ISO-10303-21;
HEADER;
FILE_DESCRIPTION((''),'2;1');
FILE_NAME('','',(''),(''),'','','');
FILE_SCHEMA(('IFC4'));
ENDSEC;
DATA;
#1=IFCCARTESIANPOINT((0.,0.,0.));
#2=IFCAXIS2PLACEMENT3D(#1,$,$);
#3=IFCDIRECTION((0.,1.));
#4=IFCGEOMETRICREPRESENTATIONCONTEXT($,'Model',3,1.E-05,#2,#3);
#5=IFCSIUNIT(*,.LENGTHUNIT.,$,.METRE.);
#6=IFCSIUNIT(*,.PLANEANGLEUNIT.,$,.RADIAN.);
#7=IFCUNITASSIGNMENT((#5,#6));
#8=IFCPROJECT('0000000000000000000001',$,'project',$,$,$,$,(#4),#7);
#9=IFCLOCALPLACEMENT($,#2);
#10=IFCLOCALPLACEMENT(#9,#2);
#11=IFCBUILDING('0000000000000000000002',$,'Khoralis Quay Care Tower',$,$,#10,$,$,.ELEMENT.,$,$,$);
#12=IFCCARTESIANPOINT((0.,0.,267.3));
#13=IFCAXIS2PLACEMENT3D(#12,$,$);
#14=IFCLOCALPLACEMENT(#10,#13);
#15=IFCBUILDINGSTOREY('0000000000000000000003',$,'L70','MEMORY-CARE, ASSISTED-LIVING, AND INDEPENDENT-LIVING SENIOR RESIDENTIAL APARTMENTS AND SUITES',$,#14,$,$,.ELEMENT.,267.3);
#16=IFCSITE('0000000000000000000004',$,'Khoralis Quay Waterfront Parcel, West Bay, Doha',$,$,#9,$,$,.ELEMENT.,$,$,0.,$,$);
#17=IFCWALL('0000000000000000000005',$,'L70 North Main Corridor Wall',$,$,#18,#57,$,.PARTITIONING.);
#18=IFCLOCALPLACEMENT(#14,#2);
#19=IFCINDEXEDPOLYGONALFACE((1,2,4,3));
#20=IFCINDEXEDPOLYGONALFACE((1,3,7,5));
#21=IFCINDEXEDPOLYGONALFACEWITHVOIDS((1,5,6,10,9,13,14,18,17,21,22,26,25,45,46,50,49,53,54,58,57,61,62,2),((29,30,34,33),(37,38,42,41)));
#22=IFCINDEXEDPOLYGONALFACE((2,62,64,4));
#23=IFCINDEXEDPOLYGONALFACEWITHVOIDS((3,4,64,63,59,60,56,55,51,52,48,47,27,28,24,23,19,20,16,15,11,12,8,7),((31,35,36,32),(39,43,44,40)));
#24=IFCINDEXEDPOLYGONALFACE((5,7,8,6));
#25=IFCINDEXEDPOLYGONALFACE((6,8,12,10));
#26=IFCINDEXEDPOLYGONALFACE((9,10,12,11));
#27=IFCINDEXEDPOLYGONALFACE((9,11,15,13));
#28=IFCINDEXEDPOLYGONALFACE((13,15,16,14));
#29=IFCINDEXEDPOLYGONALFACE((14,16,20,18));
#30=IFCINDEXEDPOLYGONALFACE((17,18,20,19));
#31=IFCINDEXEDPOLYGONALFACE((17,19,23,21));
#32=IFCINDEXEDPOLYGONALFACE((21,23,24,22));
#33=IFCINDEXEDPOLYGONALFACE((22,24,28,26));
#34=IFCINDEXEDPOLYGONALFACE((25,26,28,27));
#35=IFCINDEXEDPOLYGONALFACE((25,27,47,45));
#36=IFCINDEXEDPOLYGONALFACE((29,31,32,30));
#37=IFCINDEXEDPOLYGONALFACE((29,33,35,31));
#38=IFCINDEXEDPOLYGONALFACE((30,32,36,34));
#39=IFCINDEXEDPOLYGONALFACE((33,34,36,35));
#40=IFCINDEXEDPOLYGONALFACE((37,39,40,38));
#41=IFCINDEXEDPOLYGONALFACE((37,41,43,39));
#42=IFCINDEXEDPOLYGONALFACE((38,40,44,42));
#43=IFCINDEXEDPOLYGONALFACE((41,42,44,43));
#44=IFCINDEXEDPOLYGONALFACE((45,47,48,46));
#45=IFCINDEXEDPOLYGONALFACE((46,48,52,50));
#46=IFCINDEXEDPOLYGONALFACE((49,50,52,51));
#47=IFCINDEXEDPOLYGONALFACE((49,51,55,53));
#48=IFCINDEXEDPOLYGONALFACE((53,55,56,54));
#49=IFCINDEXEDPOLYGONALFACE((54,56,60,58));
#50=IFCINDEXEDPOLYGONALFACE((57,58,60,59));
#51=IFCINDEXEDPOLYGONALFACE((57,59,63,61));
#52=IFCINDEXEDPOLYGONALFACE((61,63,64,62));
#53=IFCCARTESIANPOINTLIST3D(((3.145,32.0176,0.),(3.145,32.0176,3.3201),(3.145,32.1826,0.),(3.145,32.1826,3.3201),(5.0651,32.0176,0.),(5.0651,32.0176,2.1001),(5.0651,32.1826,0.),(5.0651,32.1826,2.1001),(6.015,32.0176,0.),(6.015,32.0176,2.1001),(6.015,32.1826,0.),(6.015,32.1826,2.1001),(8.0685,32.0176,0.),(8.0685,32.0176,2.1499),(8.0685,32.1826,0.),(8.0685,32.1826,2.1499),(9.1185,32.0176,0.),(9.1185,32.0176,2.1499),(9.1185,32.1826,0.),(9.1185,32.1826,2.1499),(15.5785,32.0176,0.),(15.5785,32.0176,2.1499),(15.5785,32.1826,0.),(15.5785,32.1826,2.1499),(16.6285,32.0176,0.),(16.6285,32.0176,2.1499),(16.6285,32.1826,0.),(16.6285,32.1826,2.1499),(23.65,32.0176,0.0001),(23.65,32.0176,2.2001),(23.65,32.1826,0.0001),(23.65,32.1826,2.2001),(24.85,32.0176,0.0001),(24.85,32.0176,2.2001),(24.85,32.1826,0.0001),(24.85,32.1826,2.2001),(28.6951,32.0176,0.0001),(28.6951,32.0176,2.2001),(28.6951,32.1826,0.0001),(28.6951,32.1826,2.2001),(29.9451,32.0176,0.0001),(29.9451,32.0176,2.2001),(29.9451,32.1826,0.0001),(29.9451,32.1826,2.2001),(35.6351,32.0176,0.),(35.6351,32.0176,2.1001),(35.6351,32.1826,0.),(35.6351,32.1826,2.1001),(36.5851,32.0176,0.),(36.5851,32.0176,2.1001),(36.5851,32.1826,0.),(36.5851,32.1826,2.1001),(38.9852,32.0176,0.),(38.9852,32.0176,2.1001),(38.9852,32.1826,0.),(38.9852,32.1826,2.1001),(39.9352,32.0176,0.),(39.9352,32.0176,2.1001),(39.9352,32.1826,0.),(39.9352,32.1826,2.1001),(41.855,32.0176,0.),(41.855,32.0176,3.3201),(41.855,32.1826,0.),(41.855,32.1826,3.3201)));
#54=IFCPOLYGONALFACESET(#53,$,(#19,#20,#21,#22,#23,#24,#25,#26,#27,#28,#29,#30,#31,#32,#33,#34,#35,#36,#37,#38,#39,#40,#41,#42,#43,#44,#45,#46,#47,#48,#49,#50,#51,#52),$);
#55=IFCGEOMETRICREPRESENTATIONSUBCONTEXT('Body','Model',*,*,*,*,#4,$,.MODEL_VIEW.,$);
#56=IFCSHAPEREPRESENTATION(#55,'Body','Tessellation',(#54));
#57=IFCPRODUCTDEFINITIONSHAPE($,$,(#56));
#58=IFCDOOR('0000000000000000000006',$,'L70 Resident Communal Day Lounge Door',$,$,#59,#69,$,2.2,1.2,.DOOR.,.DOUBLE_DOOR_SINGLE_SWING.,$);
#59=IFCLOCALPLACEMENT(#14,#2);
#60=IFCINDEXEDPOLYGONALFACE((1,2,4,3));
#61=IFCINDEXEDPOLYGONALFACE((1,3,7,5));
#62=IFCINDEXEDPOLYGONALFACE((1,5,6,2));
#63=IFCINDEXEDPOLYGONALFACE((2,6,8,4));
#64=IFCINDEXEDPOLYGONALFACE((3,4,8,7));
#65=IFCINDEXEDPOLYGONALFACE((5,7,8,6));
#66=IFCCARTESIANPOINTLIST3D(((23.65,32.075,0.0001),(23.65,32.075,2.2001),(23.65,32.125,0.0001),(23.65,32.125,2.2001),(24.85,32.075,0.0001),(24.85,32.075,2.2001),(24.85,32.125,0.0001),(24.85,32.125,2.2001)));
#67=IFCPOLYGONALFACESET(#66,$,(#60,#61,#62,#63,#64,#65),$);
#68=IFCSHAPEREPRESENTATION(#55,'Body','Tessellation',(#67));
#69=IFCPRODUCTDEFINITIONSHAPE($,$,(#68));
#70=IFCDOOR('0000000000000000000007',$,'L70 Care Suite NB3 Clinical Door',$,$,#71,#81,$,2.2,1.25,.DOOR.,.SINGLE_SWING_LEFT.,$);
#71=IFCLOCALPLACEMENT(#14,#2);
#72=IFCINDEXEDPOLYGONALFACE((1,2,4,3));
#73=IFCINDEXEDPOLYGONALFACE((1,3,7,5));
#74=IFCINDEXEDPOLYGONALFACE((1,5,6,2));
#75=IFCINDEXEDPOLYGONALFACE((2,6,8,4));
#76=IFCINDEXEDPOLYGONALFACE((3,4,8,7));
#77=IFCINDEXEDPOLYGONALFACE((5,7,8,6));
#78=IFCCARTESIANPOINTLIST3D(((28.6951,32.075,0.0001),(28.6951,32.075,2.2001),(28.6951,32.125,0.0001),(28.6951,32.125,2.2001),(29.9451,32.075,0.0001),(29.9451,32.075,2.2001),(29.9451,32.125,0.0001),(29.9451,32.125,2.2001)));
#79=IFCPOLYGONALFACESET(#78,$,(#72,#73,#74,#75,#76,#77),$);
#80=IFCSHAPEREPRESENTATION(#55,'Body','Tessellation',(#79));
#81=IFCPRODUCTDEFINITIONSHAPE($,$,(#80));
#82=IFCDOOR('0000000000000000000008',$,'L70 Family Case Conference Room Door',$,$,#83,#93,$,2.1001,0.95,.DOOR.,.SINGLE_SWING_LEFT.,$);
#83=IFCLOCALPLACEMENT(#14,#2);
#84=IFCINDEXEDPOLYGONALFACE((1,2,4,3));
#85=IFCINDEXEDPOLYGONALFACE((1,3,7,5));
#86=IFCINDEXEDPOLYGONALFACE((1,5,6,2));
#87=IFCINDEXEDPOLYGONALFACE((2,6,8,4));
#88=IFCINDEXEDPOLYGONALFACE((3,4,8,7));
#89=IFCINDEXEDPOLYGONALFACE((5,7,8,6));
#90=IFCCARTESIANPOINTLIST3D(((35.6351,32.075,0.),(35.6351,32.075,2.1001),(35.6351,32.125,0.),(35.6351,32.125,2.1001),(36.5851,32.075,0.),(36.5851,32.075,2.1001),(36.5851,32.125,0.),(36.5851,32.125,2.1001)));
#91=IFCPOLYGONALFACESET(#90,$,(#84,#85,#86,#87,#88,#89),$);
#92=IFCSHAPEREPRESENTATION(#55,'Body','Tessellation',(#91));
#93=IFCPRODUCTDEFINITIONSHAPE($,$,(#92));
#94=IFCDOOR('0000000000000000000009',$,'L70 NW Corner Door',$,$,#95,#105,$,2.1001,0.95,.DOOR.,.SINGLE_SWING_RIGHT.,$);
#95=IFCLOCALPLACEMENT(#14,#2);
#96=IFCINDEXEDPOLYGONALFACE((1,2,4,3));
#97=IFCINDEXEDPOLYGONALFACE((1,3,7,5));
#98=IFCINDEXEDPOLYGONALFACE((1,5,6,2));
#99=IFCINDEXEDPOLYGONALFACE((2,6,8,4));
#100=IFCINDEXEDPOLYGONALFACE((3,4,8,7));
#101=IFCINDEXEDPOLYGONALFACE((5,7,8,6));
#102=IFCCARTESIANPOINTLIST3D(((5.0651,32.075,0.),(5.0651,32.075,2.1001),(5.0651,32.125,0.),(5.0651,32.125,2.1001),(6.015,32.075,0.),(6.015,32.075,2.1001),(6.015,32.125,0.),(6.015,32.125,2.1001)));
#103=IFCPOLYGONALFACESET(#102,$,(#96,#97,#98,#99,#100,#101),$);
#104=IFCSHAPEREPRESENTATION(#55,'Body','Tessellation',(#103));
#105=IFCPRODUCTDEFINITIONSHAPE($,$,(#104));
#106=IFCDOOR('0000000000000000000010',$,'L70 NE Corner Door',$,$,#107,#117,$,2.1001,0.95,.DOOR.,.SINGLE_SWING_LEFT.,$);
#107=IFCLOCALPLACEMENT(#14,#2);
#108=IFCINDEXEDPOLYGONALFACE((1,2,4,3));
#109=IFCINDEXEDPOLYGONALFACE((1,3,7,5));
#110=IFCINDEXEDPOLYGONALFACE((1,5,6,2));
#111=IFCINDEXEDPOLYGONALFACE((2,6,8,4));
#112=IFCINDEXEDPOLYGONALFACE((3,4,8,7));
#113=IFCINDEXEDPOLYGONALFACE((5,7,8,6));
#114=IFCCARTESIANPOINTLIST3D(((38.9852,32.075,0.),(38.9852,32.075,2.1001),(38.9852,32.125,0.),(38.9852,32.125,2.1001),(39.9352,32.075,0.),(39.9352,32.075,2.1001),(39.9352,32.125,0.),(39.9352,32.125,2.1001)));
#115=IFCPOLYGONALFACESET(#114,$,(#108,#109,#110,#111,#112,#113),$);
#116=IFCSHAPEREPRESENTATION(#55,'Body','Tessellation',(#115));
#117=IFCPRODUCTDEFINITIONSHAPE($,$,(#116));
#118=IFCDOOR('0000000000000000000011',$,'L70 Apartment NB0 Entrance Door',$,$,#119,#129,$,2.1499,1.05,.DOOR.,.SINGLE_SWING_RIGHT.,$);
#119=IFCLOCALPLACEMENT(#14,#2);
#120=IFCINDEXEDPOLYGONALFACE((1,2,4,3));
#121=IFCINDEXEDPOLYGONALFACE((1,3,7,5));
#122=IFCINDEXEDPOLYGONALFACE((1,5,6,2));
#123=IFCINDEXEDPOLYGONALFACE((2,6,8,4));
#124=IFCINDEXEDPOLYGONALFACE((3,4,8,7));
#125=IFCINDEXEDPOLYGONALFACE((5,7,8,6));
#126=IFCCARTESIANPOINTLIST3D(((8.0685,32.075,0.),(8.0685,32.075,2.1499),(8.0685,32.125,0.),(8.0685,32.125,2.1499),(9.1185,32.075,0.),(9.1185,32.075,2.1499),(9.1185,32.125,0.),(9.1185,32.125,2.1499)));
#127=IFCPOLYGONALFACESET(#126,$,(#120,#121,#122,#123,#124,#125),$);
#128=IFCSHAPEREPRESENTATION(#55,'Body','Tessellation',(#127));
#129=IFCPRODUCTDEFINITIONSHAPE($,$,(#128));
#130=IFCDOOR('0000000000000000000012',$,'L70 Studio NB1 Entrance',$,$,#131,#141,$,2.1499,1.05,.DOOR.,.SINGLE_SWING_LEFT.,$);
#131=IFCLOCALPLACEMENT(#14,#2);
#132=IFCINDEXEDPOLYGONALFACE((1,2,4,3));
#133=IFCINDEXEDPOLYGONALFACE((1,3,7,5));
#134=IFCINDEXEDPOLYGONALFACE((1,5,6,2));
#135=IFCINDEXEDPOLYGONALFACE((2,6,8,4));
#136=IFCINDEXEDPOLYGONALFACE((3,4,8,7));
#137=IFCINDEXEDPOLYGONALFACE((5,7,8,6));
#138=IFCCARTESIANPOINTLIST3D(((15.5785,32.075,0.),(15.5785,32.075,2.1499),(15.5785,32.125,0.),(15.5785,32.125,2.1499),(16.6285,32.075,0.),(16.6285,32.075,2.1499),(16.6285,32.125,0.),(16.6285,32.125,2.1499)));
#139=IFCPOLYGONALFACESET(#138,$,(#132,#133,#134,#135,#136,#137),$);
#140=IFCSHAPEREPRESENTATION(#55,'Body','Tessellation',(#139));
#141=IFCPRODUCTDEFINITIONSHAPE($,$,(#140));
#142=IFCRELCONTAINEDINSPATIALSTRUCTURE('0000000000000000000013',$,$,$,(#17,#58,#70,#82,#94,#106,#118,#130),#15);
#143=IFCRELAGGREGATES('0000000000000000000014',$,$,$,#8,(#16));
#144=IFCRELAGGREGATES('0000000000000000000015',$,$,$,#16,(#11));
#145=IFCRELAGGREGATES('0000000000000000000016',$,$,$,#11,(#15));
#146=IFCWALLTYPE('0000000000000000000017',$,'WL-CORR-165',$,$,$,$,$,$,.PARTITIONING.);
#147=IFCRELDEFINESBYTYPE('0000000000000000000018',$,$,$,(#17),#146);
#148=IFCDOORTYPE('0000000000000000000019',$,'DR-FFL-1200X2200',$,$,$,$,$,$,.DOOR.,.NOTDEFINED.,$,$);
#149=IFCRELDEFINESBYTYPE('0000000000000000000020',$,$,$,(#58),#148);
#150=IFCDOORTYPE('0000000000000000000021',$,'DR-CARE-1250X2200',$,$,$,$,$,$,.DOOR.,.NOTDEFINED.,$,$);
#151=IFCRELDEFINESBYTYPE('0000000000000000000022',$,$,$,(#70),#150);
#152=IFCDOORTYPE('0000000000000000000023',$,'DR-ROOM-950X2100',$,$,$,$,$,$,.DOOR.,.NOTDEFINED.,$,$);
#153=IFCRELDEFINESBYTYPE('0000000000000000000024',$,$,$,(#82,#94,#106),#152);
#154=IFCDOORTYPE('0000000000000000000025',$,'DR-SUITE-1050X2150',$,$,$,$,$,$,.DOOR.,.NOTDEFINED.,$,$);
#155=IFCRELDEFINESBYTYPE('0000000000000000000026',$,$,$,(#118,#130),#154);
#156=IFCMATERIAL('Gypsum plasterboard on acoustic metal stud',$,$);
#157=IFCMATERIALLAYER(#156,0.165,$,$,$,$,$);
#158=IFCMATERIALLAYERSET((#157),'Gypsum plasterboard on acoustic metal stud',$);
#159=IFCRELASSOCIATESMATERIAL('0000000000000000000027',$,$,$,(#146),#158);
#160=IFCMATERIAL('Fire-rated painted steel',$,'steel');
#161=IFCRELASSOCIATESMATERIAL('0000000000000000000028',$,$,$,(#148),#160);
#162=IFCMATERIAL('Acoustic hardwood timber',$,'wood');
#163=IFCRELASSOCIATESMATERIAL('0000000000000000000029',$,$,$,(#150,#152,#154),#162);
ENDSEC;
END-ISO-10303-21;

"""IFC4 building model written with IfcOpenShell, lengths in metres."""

from ifc_helpers import new_model, si_unit, direction, frame, frame_2d, origin, place, context, subcontext, project, spatial, rectangle, extrude, source, transform, mapped, material, layer, layer_set, type_object, element, fill, save


model = new_model("IFC4")

# Units and contexts
model_context = context("Model", 3, precision=1e-05, world=origin(), true_north=direction((0.0, 1.0)))
body_context = subcontext(model_context, "Body", "Model", "MODEL_VIEW")
ifc_project = project(units=[si_unit("LENGTHUNIT", "METRE"), si_unit("PLANEANGLEUNIT", "RADIAN")], contexts=[model_context])

# Site, building, storey
site_placement = place(None, origin())
site = spatial("IfcSite", under=ifc_project, at=site_placement, Name="Khoralis Quay Waterfront Parcel, West Bay, Doha", CompositionType="ELEMENT", RefElevation=0.0)
building_placement = place(site_placement, origin())
building = spatial("IfcBuilding", under=site, at=building_placement, Name="Khoralis Quay Care Tower", CompositionType="ELEMENT")
storey_placement = place(building_placement, frame((0.0, 0.0, 267.3)))
storey = spatial("IfcBuildingStorey", under=building, at=storey_placement, Name="L70", Description="MEMORY-CARE, ASSISTED-LIVING, AND INDEPENDENT-LIVING SENIOR RESIDENTIAL APARTMENTS AND SUITES", CompositionType="ELEMENT", Elevation=267.3)

# Shared definitions
ifc_material_1 = material(Name="Gypsum plasterboard on acoustic metal stud")
ifc_layer_1 = layer(ifc_material_1, 0.165)
ifc_layer_set_1 = layer_set([ifc_layer_1], Name="Gypsum plasterboard on acoustic metal stud")
wall_type_1 = type_object("IfcWallType", Name="WL-CORR-165", PredefinedType="PARTITIONING", material=ifc_layer_set_1)
ifc_material_2 = material(Name="Fire-rated painted steel", Category="steel")
door_type_1 = type_object("IfcDoorType", Name="DR-FFL-1200X2200", OperationType="NOTDEFINED", PredefinedType="DOOR", material=ifc_material_2)
shared_shape_1 = source(origin(), body_context, "Body", "SweptSolid", [
    extrude(rectangle(XDim=1.2, YDim=2.2, at=frame_2d((0.6001, 1.1001))), frame((0.0, 0.0249, 0.0), z_axis=(0.0, -1.0, 0.0), x_axis=(1.0, 0.0, 0.0)), (0.0, 0.0, 1.0), 0.05),
])

# Wall, openings, doors
wall_1_placement = place(storey_placement, frame((3.145, 32.1001, 0.0), z_axis=(0.0, 0.0, 1.0), x_axis=(1.0, 0.0, 0.0)))
wall_1 = element("IfcWall", 1, at=wall_1_placement, inside=storey, type_object=wall_type_1, Name="L70 North Main Corridor Wall", PredefinedType="PARTITIONING", context=body_context, shape_type="SweptSolid", body=[
    extrude(rectangle(XDim=38.71, YDim=0.165, at=frame_2d((19.355, 0.0))), origin(), (0.0, 0.0, 1.0), 3.3201),
])
opening_1_placement = place(wall_1_placement, frame((4.9236, 0.0, 0.0)))
opening_1 = element("IfcOpeningElement", 2, at=opening_1_placement, cuts=wall_1, PredefinedType="OPENING", context=body_context, shape_type="SweptSolid", body=[
    extrude(rectangle(XDim=1.05, YDim=2.1499, at=frame_2d((0.5249, 1.075))), frame((0.0, 0.0925, 0.0), z_axis=(0.0, -1.0, 0.0), x_axis=(1.0, 0.0, 0.0)), (0.0, 0.0, 1.0), 0.1851),
])
opening_2_placement = place(wall_1_placement, frame((12.4336, 0.0, 0.0)))
opening_2 = element("IfcOpeningElement", 3, at=opening_2_placement, cuts=wall_1, PredefinedType="OPENING", context=body_context, shape_type="SweptSolid", body=[
    extrude(rectangle(XDim=1.05, YDim=2.1499, at=frame_2d((0.5249, 1.075))), frame((0.0, 0.0925, 0.0), z_axis=(0.0, -1.0, 0.0), x_axis=(1.0, 0.0, 0.0)), (0.0, 0.0, 1.0), 0.1851),
])
opening_3_placement = place(wall_1_placement, frame((20.5049, 0.0, 0.0)))
opening_3 = element("IfcOpeningElement", 4, at=opening_3_placement, cuts=wall_1, PredefinedType="OPENING", context=body_context, shape_type="SweptSolid", body=[
    extrude(rectangle(XDim=1.2, YDim=2.2, at=frame_2d((0.6001, 1.1001))), frame((0.0, 0.0925, 0.0), z_axis=(0.0, -1.0, 0.0), x_axis=(1.0, 0.0, 0.0)), (0.0, 0.0, 1.0), 0.1851),
])
opening_4_placement = place(wall_1_placement, frame((25.55, 0.0, 0.0)))
opening_4 = element("IfcOpeningElement", 5, at=opening_4_placement, cuts=wall_1, PredefinedType="OPENING", context=body_context, shape_type="SweptSolid", body=[
    extrude(rectangle(XDim=1.25, YDim=2.2, at=frame_2d((0.625, 1.1001))), frame((0.0, 0.0925, 0.0), z_axis=(0.0, -1.0, 0.0), x_axis=(1.0, 0.0, 0.0)), (0.0, 0.0, 1.0), 0.1851),
])
opening_5_placement = place(wall_1_placement, frame((32.49, 0.0, 0.0)))
opening_5 = element("IfcOpeningElement", 6, at=opening_5_placement, cuts=wall_1, PredefinedType="OPENING", context=body_context, shape_type="SweptSolid", body=[
    extrude(rectangle(XDim=0.95, YDim=2.1001, at=frame_2d((0.4751, 1.05))), frame((0.0, 0.0925, 0.0), z_axis=(0.0, -1.0, 0.0), x_axis=(1.0, 0.0, 0.0)), (0.0, 0.0, 1.0), 0.1851),
])
opening_6_placement = place(wall_1_placement, frame((1.9199, 0.0, 0.0)))
opening_6 = element("IfcOpeningElement", 7, at=opening_6_placement, cuts=wall_1, PredefinedType="OPENING", context=body_context, shape_type="SweptSolid", body=[
    extrude(rectangle(XDim=0.95, YDim=2.1001, at=frame_2d((0.4751, 1.05))), frame((0.0, 0.0925, 0.0), z_axis=(0.0, -1.0, 0.0), x_axis=(1.0, 0.0, 0.0)), (0.0, 0.0, 1.0), 0.1851),
])
opening_7_placement = place(wall_1_placement, frame((35.8401, 0.0, 0.0)))
opening_7 = element("IfcOpeningElement", 8, at=opening_7_placement, cuts=wall_1, PredefinedType="OPENING", context=body_context, shape_type="SweptSolid", body=[
    extrude(rectangle(XDim=0.95, YDim=2.1001, at=frame_2d((0.4751, 1.05))), frame((0.0, 0.0925, 0.0), z_axis=(0.0, -1.0, 0.0), x_axis=(1.0, 0.0, 0.0)), (0.0, 0.0, 1.0), 0.1851),
])
door_1_placement = place(opening_3_placement, origin())
door_1 = element("IfcDoor", 9, at=door_1_placement, inside=storey, type_object=door_type_1, Name="L70 Resident Communal Day Lounge Door", OperationType="DOUBLE_DOOR_SINGLE_SWING", OverallHeight=2.2, OverallWidth=1.2, PredefinedType="DOOR", context=body_context, shape_type="MappedRepresentation", body=[
    mapped(shared_shape_1, transform((0.0, 0.0, 0.0), scale=1.0)),
])
fill(opening_3, door_1)
ifc_material_3 = material(Name="Acoustic hardwood timber", Category="wood")
door_type_2 = type_object("IfcDoorType", Name="DR-CARE-1250X2200", OperationType="NOTDEFINED", PredefinedType="DOOR", material=ifc_material_3)
shared_shape_2 = source(origin(), body_context, "Body", "SweptSolid", [
    extrude(rectangle(XDim=1.25, YDim=2.2, at=frame_2d((0.625, 1.1001))), frame((0.0, 0.0249, 0.0), z_axis=(0.0, -1.0, 0.0), x_axis=(1.0, 0.0, 0.0)), (0.0, 0.0, 1.0), 0.05),
])
door_2_placement = place(opening_4_placement, origin())
door_2 = element("IfcDoor", 10, at=door_2_placement, inside=storey, type_object=door_type_2, Name="L70 Care Suite NB3 Clinical Door", OperationType="SINGLE_SWING_LEFT", OverallHeight=2.2, OverallWidth=1.25, PredefinedType="DOOR", context=body_context, shape_type="MappedRepresentation", body=[
    mapped(shared_shape_2, transform((0.0, 0.0, 0.0), scale=1.0)),
])
fill(opening_4, door_2)
door_type_3 = type_object("IfcDoorType", Name="DR-ROOM-950X2100", OperationType="NOTDEFINED", PredefinedType="DOOR", material=ifc_material_3)
shared_shape_3 = source(origin(), body_context, "Body", "SweptSolid", [
    extrude(rectangle(XDim=0.95, YDim=2.1001, at=frame_2d((0.4751, 1.05))), frame((0.0, 0.0249, 0.0), z_axis=(0.0, -1.0, 0.0), x_axis=(1.0, 0.0, 0.0)), (0.0, 0.0, 1.0), 0.05),
])
door_3_placement = place(opening_5_placement, origin())
door_3 = element("IfcDoor", 11, at=door_3_placement, inside=storey, type_object=door_type_3, Name="L70 Family Case Conference Room Door", OperationType="SINGLE_SWING_LEFT", OverallHeight=2.1001, OverallWidth=0.95, PredefinedType="DOOR", context=body_context, shape_type="MappedRepresentation", body=[
    mapped(shared_shape_3, transform((0.0, 0.0, 0.0), scale=1.0)),
])
fill(opening_5, door_3)
door_4_placement = place(opening_6_placement, origin())
door_4 = element("IfcDoor", 12, at=door_4_placement, inside=storey, type_object=door_type_3, Name="L70 NW Corner Door", OperationType="SINGLE_SWING_RIGHT", OverallHeight=2.1001, OverallWidth=0.95, PredefinedType="DOOR", context=body_context, shape_type="MappedRepresentation", body=[
    mapped(shared_shape_3, transform((0.0, 0.0, 0.0), scale=1.0)),
])
fill(opening_6, door_4)
door_5_placement = place(opening_7_placement, origin())
door_5 = element("IfcDoor", 13, at=door_5_placement, inside=storey, type_object=door_type_3, Name="L70 NE Corner Door", OperationType="SINGLE_SWING_LEFT", OverallHeight=2.1001, OverallWidth=0.95, PredefinedType="DOOR", context=body_context, shape_type="MappedRepresentation", body=[
    mapped(shared_shape_3, transform((0.0, 0.0, 0.0), scale=1.0)),
])
fill(opening_7, door_5)
door_type_4 = type_object("IfcDoorType", Name="DR-SUITE-1050X2150", OperationType="NOTDEFINED", PredefinedType="DOOR", material=ifc_material_3)
shared_shape_4 = source(origin(), body_context, "Body", "SweptSolid", [
    extrude(rectangle(XDim=1.05, YDim=2.1499, at=frame_2d((0.5249, 1.075))), frame((0.0, 0.0249, 0.0), z_axis=(0.0, -1.0, 0.0), x_axis=(1.0, 0.0, 0.0)), (0.0, 0.0, 1.0), 0.05),
])
door_6_placement = place(opening_1_placement, origin())
door_6 = element("IfcDoor", 14, at=door_6_placement, inside=storey, type_object=door_type_4, Name="L70 Apartment NB0 Entrance Door", OperationType="SINGLE_SWING_RIGHT", OverallHeight=2.1499, OverallWidth=1.05, PredefinedType="DOOR", context=body_context, shape_type="MappedRepresentation", body=[
    mapped(shared_shape_4, transform((0.0, 0.0, 0.0), scale=1.0)),
])
fill(opening_1, door_6)
door_7_placement = place(opening_2_placement, origin())
door_7 = element("IfcDoor", 15, at=door_7_placement, inside=storey, type_object=door_type_4, Name="L70 Studio NB1 Entrance", OperationType="SINGLE_SWING_LEFT", OverallHeight=2.1499, OverallWidth=1.05, PredefinedType="DOOR", context=body_context, shape_type="MappedRepresentation", body=[
    mapped(shared_shape_4, transform((0.0, 0.0, 0.0), scale=1.0)),
])
fill(opening_2, door_7)

save(model, "model.ifc")
